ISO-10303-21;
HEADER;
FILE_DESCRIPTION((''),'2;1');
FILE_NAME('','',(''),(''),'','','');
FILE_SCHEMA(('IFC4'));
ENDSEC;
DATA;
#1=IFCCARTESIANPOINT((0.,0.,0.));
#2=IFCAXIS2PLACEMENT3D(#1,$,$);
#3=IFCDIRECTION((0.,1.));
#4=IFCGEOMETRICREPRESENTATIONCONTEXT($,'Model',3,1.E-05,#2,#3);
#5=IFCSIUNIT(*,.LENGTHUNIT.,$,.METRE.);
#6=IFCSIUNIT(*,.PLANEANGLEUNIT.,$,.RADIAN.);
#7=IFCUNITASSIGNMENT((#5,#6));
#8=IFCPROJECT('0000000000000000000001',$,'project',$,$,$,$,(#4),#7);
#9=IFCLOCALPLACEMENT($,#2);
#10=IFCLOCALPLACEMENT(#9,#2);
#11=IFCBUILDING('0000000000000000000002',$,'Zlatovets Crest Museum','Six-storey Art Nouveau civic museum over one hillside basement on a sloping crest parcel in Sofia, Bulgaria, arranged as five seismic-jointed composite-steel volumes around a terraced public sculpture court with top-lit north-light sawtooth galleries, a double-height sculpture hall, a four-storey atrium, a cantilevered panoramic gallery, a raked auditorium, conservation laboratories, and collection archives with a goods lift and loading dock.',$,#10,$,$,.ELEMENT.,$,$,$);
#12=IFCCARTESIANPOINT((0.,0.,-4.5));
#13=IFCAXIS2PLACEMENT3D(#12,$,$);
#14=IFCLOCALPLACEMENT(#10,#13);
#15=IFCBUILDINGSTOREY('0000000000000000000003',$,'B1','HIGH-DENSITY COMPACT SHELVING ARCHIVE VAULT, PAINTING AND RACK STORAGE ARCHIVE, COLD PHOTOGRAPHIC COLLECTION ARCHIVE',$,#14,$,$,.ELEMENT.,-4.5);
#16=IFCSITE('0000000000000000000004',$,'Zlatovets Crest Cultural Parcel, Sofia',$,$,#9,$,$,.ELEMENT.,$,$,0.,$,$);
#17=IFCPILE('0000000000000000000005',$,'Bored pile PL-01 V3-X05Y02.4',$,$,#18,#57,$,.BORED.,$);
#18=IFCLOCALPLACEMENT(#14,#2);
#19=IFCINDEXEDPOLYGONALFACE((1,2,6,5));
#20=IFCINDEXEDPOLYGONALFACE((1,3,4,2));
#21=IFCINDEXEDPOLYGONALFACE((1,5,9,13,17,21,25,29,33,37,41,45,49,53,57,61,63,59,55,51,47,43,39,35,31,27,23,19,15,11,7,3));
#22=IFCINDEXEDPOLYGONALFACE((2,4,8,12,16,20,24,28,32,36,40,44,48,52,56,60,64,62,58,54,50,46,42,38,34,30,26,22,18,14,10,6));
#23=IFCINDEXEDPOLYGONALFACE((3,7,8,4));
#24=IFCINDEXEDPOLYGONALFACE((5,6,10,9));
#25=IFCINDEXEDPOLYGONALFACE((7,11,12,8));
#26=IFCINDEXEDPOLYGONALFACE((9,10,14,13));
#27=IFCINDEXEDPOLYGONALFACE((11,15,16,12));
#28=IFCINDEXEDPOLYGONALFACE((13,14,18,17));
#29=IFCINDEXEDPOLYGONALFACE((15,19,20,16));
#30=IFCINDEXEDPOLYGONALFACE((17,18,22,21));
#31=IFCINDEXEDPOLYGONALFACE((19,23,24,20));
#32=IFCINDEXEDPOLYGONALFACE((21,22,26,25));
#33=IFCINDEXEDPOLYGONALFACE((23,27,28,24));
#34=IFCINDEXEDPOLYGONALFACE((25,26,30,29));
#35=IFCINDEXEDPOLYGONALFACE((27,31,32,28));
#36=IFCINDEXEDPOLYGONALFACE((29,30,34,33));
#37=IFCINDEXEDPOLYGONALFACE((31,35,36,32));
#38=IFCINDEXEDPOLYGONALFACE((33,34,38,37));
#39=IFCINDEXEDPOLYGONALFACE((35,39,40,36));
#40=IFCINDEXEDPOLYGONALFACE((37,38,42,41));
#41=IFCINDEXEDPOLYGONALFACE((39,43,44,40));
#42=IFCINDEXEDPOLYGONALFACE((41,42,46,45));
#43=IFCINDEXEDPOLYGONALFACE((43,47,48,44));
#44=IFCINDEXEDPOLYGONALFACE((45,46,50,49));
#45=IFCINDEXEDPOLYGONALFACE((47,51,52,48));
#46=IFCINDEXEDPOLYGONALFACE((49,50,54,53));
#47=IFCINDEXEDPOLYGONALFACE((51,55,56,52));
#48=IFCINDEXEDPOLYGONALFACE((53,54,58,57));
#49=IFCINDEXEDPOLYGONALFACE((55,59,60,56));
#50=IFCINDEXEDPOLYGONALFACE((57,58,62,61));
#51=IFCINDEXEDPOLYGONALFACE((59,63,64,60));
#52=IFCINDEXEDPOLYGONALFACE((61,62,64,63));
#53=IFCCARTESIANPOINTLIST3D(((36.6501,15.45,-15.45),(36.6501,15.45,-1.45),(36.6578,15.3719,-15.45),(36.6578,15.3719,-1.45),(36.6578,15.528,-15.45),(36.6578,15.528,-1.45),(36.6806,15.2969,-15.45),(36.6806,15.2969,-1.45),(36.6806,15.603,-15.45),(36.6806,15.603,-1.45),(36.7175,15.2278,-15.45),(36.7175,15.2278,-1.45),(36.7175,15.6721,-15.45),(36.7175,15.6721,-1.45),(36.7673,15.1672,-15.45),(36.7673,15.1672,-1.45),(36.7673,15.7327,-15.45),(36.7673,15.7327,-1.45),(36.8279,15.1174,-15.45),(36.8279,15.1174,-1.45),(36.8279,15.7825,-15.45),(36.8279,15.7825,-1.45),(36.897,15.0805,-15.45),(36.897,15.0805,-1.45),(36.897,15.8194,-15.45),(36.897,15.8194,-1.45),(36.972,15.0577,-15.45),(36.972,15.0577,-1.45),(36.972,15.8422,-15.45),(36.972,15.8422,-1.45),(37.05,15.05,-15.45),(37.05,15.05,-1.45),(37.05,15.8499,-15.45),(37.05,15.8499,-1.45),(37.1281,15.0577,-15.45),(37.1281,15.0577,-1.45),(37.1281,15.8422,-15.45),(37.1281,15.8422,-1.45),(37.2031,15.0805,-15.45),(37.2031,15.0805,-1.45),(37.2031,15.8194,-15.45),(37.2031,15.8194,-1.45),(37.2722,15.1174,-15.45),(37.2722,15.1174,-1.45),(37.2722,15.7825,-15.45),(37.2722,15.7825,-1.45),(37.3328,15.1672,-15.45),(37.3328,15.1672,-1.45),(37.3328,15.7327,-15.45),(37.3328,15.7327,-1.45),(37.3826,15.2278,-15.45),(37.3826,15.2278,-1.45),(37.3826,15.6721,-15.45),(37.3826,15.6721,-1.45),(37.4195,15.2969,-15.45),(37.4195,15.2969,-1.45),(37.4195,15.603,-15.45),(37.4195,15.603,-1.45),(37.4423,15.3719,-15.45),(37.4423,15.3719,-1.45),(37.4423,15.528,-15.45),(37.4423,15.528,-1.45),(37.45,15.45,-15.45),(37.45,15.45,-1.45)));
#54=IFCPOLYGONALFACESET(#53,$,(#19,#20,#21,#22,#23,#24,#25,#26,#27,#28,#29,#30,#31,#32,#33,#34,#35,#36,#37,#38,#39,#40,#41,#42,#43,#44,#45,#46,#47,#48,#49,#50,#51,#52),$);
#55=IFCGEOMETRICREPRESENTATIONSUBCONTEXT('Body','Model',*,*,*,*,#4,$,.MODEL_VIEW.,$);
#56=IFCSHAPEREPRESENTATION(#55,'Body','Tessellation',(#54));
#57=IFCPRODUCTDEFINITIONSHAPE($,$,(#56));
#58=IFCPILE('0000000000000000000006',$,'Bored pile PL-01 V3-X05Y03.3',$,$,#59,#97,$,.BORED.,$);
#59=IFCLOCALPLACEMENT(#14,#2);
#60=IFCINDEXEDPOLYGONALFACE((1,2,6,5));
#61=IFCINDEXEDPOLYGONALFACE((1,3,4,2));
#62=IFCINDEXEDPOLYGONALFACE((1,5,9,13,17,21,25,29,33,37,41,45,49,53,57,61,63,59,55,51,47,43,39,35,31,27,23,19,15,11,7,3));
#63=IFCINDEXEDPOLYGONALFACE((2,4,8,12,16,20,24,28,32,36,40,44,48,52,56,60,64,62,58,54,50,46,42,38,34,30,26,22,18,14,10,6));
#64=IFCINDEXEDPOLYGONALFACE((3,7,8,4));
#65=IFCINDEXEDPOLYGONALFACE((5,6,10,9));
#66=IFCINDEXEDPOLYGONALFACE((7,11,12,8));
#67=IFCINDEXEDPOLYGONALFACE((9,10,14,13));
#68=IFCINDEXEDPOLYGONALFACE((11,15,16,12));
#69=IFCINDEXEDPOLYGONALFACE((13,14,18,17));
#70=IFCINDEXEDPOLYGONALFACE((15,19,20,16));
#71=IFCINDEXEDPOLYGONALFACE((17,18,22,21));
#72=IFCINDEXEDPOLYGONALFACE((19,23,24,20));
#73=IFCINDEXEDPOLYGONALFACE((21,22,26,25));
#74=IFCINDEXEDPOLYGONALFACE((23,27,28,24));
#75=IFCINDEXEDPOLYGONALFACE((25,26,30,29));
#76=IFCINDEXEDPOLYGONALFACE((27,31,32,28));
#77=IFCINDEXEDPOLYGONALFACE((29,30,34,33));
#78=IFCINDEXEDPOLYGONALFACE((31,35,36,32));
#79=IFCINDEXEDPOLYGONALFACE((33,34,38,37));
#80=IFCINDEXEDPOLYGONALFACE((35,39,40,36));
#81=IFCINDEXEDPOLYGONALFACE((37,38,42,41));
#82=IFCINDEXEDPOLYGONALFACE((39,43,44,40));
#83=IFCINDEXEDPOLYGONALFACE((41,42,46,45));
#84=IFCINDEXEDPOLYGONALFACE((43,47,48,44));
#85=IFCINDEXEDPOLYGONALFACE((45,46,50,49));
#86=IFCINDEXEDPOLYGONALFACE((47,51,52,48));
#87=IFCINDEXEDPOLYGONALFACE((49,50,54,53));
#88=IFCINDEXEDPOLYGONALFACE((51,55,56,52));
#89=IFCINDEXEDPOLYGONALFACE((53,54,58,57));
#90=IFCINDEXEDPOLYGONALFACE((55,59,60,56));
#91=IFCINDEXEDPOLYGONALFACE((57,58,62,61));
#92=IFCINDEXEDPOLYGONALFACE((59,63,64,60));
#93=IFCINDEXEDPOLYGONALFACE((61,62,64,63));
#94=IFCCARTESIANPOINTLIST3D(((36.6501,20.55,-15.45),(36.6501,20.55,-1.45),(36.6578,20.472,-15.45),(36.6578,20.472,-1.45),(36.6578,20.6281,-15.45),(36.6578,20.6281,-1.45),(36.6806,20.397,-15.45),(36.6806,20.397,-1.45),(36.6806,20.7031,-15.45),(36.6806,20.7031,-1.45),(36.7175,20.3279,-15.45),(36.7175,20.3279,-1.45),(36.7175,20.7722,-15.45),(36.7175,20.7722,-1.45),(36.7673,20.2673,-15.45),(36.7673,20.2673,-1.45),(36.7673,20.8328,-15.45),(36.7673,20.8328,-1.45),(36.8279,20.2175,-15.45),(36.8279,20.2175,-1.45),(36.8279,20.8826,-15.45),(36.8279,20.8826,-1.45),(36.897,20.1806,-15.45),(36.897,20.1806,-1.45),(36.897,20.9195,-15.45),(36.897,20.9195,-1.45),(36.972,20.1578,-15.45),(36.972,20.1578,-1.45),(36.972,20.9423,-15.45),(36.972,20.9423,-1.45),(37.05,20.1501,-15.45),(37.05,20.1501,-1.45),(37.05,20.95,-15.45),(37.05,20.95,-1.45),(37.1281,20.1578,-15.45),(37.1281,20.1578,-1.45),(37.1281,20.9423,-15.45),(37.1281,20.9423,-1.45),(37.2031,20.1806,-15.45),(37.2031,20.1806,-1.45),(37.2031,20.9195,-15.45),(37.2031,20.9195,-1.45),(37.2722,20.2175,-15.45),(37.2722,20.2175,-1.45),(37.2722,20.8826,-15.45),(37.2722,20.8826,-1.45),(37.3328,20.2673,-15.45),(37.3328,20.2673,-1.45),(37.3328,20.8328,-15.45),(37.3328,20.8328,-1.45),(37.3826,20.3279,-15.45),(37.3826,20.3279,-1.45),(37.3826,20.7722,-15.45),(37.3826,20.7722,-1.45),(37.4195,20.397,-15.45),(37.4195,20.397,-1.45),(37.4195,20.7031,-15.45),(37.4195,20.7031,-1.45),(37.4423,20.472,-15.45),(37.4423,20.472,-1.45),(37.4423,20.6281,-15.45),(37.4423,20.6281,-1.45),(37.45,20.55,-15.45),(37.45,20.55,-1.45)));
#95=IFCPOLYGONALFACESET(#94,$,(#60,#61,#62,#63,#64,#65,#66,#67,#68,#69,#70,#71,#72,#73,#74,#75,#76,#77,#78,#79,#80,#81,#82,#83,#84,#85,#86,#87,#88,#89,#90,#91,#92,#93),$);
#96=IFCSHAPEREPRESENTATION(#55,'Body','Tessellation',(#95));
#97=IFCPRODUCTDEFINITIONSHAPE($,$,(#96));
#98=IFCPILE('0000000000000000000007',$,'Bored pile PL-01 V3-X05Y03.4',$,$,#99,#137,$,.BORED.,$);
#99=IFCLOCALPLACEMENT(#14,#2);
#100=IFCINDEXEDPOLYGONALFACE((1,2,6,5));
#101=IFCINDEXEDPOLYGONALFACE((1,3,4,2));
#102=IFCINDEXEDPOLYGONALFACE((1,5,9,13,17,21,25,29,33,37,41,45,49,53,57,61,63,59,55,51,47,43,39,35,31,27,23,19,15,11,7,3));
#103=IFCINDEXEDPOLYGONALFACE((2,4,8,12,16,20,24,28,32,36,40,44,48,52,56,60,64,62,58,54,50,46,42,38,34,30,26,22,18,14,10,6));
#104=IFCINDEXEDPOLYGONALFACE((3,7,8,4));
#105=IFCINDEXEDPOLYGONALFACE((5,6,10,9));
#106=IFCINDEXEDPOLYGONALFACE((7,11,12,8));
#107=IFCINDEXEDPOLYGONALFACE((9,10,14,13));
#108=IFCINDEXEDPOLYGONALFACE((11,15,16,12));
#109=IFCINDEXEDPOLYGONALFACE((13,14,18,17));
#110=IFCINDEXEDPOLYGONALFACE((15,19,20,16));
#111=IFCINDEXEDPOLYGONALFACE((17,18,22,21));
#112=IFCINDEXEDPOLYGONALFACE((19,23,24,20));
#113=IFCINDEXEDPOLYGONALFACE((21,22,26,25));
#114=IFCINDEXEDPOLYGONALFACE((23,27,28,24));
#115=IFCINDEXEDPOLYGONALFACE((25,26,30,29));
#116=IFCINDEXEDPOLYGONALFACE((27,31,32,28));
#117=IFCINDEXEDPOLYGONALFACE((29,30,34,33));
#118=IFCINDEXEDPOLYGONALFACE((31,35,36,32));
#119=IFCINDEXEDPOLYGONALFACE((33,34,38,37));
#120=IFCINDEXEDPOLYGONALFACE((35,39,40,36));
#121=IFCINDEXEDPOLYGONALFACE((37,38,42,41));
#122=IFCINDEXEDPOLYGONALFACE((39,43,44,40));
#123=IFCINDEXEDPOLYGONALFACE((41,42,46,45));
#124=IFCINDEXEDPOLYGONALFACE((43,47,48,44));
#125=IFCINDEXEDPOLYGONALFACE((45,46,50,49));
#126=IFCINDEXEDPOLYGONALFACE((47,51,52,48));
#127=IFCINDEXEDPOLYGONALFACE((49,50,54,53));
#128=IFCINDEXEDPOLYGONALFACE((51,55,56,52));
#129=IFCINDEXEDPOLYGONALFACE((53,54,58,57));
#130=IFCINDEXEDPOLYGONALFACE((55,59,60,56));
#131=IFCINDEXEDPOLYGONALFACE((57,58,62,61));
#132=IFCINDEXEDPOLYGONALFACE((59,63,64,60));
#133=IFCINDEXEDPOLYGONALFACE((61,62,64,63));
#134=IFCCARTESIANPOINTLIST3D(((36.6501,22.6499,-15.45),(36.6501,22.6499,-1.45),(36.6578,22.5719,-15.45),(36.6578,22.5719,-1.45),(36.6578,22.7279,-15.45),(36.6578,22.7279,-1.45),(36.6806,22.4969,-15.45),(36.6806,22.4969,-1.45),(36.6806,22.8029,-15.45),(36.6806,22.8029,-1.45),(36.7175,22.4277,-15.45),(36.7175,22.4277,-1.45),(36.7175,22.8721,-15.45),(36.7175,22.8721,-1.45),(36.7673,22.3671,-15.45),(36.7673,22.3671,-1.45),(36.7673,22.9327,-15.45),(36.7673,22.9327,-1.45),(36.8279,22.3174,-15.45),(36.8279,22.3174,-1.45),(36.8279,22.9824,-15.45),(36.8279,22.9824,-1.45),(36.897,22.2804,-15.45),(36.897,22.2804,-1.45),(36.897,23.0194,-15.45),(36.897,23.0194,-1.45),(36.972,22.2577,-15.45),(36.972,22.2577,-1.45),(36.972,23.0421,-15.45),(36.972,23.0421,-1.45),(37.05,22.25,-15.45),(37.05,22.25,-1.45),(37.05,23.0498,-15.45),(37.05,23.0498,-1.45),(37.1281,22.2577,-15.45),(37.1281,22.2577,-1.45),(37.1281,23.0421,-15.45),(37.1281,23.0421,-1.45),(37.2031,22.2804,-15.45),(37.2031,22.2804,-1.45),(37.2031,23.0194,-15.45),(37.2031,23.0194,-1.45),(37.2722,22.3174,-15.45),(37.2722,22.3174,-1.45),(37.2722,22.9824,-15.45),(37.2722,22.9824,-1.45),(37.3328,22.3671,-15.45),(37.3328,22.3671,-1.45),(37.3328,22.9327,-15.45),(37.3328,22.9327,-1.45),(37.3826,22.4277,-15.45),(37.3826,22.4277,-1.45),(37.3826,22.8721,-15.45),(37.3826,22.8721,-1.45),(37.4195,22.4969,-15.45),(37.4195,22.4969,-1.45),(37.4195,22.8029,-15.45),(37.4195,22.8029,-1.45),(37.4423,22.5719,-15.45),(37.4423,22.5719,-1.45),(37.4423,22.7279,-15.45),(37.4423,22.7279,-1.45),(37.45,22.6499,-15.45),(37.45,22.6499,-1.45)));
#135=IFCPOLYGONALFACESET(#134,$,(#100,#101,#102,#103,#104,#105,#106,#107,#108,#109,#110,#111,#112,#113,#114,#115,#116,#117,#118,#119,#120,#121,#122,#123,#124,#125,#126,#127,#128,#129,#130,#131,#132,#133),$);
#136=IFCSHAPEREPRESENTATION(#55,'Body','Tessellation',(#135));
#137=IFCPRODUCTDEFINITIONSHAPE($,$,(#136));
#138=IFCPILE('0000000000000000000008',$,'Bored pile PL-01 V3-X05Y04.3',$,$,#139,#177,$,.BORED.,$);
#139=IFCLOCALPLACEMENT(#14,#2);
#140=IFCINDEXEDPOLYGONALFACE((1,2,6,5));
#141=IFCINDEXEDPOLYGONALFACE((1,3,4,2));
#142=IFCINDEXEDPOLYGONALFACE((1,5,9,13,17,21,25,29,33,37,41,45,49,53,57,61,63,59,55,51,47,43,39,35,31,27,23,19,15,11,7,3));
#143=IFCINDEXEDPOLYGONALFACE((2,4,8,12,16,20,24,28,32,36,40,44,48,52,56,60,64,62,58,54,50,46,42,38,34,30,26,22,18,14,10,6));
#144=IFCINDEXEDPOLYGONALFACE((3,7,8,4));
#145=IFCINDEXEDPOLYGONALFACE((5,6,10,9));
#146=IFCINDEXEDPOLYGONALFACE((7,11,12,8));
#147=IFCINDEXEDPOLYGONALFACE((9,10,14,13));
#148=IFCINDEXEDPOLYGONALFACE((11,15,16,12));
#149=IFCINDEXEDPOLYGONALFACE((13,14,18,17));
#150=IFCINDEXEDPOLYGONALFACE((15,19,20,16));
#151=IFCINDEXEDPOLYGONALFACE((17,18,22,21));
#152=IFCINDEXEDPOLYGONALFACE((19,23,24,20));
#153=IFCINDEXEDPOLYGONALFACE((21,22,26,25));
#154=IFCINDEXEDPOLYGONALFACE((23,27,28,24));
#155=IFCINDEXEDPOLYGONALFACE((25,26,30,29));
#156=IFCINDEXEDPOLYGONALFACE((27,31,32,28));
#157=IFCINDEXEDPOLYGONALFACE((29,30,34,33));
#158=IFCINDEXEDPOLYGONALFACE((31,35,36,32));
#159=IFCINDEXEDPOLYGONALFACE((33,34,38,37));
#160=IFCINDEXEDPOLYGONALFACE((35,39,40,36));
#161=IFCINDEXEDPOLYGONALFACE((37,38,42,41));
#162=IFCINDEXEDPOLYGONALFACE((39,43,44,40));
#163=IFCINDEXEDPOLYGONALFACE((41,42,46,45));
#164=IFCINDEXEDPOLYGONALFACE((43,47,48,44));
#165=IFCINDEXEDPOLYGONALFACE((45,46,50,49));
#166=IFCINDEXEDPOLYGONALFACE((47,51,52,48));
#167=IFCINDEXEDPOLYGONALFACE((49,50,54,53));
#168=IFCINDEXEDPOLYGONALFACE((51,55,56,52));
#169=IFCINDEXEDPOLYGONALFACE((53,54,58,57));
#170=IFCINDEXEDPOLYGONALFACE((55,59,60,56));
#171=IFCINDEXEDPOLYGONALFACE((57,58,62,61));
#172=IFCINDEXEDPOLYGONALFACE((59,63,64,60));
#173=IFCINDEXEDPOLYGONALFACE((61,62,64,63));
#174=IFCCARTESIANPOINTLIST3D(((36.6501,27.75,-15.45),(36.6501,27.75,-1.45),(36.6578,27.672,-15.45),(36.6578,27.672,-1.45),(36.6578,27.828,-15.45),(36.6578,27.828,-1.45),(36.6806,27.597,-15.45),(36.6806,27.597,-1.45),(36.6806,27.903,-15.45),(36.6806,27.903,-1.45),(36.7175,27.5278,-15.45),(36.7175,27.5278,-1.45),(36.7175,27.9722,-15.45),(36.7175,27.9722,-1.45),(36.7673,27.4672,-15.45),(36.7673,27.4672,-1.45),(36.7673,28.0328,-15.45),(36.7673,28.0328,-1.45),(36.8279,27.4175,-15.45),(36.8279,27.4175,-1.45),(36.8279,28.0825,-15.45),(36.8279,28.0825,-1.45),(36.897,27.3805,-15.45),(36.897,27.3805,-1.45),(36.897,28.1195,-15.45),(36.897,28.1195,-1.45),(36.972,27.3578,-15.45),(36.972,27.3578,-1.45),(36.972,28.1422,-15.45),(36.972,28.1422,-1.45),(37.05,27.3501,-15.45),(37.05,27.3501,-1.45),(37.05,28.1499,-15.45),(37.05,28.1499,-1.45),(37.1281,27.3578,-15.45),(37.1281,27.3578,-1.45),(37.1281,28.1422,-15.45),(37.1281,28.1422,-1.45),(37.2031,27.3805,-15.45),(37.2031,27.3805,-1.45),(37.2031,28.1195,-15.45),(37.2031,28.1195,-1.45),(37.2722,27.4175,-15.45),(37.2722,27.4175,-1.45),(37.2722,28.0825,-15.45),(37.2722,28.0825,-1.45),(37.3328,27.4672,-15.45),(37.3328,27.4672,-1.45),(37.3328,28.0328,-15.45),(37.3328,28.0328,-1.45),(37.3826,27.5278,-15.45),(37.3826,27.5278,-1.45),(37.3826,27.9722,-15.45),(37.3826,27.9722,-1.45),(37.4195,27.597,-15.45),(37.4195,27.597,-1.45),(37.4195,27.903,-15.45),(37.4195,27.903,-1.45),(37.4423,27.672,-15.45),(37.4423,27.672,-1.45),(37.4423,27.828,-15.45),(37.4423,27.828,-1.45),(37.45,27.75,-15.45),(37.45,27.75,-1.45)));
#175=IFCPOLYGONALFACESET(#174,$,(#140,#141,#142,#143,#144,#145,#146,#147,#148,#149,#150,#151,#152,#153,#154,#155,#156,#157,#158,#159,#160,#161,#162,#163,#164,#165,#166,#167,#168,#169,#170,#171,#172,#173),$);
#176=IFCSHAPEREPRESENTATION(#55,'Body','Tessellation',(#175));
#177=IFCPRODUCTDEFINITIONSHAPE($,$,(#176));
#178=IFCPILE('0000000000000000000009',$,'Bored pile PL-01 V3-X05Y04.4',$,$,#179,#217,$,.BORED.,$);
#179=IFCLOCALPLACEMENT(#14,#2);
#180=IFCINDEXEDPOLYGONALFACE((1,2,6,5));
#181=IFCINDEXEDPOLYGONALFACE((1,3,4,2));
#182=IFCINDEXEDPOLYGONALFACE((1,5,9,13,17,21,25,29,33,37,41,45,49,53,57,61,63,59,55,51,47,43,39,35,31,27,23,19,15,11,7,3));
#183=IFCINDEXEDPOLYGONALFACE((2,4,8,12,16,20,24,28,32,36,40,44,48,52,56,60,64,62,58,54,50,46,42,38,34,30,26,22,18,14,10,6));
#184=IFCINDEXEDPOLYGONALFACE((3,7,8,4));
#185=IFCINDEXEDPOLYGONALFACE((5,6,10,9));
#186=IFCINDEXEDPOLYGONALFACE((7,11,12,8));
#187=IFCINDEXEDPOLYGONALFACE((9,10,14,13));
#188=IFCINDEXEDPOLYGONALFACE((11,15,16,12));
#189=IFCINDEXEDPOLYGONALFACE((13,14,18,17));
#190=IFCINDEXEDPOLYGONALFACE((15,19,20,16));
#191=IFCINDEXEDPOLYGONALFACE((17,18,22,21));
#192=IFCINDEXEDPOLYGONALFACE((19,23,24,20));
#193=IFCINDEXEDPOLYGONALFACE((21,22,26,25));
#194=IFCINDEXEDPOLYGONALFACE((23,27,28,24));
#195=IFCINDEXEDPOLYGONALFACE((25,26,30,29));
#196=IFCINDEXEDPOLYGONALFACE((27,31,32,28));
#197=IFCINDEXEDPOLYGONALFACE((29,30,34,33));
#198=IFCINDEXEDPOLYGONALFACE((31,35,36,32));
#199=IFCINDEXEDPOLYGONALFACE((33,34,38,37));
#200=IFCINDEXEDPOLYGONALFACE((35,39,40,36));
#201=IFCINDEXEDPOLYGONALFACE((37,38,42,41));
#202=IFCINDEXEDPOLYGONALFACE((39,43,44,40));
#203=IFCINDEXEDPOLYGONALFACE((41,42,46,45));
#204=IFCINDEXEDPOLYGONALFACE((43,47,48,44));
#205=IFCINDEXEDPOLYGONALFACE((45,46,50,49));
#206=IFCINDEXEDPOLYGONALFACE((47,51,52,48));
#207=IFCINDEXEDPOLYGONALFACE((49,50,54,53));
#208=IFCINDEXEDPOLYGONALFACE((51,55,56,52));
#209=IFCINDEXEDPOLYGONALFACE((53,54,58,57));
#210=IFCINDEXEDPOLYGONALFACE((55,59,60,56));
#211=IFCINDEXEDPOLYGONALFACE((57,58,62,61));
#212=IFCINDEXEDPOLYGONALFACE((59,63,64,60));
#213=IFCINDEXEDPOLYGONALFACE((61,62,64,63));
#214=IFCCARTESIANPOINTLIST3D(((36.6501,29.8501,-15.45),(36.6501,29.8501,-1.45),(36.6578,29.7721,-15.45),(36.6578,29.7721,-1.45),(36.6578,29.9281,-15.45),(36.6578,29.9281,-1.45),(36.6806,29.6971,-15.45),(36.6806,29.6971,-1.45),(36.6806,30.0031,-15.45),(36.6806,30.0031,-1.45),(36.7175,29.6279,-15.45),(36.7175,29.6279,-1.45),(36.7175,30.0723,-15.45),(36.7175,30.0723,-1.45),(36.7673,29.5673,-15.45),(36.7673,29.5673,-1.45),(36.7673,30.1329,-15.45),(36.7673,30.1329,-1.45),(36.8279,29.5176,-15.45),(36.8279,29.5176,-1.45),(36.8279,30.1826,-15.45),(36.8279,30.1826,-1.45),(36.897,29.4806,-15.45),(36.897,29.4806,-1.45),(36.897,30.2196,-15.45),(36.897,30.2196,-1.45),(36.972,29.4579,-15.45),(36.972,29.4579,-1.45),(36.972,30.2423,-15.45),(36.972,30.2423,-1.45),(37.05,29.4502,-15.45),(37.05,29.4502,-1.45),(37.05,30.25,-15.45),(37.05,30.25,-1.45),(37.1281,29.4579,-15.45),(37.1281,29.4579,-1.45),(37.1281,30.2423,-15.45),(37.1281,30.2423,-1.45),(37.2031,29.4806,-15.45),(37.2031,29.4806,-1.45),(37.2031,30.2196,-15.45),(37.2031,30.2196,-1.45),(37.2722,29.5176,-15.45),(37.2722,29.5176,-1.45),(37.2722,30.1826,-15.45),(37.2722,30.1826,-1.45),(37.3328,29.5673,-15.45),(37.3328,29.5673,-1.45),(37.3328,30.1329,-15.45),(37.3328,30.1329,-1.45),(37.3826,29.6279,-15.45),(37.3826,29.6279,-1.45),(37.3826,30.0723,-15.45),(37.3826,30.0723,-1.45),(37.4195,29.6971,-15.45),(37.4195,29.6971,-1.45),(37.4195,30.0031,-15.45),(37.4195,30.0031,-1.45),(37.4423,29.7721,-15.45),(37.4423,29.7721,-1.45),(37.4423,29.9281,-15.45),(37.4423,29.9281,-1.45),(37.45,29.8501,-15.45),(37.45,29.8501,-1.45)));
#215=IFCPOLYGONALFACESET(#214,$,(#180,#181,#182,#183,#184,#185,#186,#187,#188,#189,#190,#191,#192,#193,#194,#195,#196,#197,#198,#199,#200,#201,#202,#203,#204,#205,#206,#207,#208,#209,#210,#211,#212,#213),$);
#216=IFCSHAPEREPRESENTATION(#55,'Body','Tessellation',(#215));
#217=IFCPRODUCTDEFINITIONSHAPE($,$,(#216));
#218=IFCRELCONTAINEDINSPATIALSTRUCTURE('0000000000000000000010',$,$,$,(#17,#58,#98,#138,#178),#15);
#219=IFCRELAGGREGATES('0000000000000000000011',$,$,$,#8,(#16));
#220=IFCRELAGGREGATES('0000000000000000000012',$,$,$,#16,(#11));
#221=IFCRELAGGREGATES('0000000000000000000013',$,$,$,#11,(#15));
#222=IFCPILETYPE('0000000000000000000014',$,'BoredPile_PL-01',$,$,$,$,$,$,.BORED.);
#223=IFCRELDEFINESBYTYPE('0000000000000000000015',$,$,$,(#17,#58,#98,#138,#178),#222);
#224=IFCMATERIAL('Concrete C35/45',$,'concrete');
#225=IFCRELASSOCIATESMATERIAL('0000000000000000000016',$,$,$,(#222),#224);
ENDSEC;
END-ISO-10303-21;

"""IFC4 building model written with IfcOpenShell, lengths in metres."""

from ifc_helpers import new_model, si_unit, direction, frame, origin, origin_2d, place, context, subcontext, project, spatial, circle, extrude, material, material_profile, profile_set, type_object, element, save


model = new_model("IFC4")

# Units and contexts
model_context = context("Model", 3, precision=1e-05, world=origin(), true_north=direction((0.0, 1.0)))
body_context = subcontext(model_context, "Body", "Model", "MODEL_VIEW")
ifc_project = project(units=[si_unit("LENGTHUNIT", "METRE"), si_unit("PLANEANGLEUNIT", "RADIAN")], contexts=[model_context])

# Site, building, storey
site_placement = place(None, origin())
site = spatial("IfcSite", under=ifc_project, at=site_placement, Name="Zlatovets Crest Cultural Parcel, Sofia", CompositionType="ELEMENT", RefElevation=0.0)
building_placement = place(site_placement, origin())
building = spatial("IfcBuilding", under=site, at=building_placement, Name="Zlatovets Crest Museum", Description="Six-storey Art Nouveau civic museum over one hillside basement on a sloping crest parcel in Sofia, Bulgaria, arranged as five seismic-jointed composite-steel volumes around a terraced public sculpture court with top-lit north-light sawtooth galleries, a double-height sculpture hall, a four-storey atrium, a cantilevered panoramic gallery, a raked auditorium, conservation laboratories, and collection archives with a goods lift and loading dock.", CompositionType="ELEMENT")
storey_placement = place(building_placement, frame((0.0, 0.0, -4.5)))
storey = spatial("IfcBuildingStorey", under=building, at=storey_placement, Name="B1", Description="HIGH-DENSITY COMPACT SHELVING ARCHIVE VAULT, PAINTING AND RACK STORAGE ARCHIVE, COLD PHOTOGRAPHIC COLLECTION ARCHIVE", CompositionType="ELEMENT", Elevation=-4.5)

# Piles
ifc_material_1 = material(Name="Concrete C35/45", Category="concrete")
ifc_material_profile_1 = material_profile(ifc_material_1, circle(Radius=0.3999, at=origin_2d()), Name="PILE D800")
ifc_profile_set_1 = profile_set([ifc_material_profile_1], Name="Concrete C35/45")
pile_type = type_object("IfcPileType", Name="BoredPile_PL-01", PredefinedType="BORED", material=ifc_profile_set_1)
for number, where, z_axis, x_axis, name in (
    (1, (37.05, 15.45, -1.45), (0.0, 0.0, -1.0), (1.0, 0.0, 0.0), "Bored pile PL-01 V3-X05Y02.4"),
    (2, (37.05, 20.55, -1.45), (0.0, 0.0, -1.0), (1.0, 0.0, 0.0), "Bored pile PL-01 V3-X05Y03.3"),
    (3, (37.05, 22.6499, -1.45), (0.0, 0.0, -1.0), (1.0, 0.0, 0.0), "Bored pile PL-01 V3-X05Y03.4"),
    (4, (37.05, 27.75, -1.45), (0.0, 0.0, -1.0), (1.0, 0.0, 0.0), "Bored pile PL-01 V3-X05Y04.3"),
    (5, (37.05, 29.8501, -1.45), (0.0, 0.0, -1.0), (1.0, 0.0, 0.0), "Bored pile PL-01 V3-X05Y04.4"),
):
    element("IfcPile", number, at=place(storey_placement, frame(where, z_axis=z_axis, x_axis=x_axis)), inside=storey, type_object=pile_type, Name=name, PredefinedType="BORED", context=body_context, shape_type="SweptSolid", body=[
        extrude(circle(Radius=0.3999, at=origin_2d()), origin(), (0.0, 0.0, 1.0), 14.0),
    ])

save(model, "model.ifc")
